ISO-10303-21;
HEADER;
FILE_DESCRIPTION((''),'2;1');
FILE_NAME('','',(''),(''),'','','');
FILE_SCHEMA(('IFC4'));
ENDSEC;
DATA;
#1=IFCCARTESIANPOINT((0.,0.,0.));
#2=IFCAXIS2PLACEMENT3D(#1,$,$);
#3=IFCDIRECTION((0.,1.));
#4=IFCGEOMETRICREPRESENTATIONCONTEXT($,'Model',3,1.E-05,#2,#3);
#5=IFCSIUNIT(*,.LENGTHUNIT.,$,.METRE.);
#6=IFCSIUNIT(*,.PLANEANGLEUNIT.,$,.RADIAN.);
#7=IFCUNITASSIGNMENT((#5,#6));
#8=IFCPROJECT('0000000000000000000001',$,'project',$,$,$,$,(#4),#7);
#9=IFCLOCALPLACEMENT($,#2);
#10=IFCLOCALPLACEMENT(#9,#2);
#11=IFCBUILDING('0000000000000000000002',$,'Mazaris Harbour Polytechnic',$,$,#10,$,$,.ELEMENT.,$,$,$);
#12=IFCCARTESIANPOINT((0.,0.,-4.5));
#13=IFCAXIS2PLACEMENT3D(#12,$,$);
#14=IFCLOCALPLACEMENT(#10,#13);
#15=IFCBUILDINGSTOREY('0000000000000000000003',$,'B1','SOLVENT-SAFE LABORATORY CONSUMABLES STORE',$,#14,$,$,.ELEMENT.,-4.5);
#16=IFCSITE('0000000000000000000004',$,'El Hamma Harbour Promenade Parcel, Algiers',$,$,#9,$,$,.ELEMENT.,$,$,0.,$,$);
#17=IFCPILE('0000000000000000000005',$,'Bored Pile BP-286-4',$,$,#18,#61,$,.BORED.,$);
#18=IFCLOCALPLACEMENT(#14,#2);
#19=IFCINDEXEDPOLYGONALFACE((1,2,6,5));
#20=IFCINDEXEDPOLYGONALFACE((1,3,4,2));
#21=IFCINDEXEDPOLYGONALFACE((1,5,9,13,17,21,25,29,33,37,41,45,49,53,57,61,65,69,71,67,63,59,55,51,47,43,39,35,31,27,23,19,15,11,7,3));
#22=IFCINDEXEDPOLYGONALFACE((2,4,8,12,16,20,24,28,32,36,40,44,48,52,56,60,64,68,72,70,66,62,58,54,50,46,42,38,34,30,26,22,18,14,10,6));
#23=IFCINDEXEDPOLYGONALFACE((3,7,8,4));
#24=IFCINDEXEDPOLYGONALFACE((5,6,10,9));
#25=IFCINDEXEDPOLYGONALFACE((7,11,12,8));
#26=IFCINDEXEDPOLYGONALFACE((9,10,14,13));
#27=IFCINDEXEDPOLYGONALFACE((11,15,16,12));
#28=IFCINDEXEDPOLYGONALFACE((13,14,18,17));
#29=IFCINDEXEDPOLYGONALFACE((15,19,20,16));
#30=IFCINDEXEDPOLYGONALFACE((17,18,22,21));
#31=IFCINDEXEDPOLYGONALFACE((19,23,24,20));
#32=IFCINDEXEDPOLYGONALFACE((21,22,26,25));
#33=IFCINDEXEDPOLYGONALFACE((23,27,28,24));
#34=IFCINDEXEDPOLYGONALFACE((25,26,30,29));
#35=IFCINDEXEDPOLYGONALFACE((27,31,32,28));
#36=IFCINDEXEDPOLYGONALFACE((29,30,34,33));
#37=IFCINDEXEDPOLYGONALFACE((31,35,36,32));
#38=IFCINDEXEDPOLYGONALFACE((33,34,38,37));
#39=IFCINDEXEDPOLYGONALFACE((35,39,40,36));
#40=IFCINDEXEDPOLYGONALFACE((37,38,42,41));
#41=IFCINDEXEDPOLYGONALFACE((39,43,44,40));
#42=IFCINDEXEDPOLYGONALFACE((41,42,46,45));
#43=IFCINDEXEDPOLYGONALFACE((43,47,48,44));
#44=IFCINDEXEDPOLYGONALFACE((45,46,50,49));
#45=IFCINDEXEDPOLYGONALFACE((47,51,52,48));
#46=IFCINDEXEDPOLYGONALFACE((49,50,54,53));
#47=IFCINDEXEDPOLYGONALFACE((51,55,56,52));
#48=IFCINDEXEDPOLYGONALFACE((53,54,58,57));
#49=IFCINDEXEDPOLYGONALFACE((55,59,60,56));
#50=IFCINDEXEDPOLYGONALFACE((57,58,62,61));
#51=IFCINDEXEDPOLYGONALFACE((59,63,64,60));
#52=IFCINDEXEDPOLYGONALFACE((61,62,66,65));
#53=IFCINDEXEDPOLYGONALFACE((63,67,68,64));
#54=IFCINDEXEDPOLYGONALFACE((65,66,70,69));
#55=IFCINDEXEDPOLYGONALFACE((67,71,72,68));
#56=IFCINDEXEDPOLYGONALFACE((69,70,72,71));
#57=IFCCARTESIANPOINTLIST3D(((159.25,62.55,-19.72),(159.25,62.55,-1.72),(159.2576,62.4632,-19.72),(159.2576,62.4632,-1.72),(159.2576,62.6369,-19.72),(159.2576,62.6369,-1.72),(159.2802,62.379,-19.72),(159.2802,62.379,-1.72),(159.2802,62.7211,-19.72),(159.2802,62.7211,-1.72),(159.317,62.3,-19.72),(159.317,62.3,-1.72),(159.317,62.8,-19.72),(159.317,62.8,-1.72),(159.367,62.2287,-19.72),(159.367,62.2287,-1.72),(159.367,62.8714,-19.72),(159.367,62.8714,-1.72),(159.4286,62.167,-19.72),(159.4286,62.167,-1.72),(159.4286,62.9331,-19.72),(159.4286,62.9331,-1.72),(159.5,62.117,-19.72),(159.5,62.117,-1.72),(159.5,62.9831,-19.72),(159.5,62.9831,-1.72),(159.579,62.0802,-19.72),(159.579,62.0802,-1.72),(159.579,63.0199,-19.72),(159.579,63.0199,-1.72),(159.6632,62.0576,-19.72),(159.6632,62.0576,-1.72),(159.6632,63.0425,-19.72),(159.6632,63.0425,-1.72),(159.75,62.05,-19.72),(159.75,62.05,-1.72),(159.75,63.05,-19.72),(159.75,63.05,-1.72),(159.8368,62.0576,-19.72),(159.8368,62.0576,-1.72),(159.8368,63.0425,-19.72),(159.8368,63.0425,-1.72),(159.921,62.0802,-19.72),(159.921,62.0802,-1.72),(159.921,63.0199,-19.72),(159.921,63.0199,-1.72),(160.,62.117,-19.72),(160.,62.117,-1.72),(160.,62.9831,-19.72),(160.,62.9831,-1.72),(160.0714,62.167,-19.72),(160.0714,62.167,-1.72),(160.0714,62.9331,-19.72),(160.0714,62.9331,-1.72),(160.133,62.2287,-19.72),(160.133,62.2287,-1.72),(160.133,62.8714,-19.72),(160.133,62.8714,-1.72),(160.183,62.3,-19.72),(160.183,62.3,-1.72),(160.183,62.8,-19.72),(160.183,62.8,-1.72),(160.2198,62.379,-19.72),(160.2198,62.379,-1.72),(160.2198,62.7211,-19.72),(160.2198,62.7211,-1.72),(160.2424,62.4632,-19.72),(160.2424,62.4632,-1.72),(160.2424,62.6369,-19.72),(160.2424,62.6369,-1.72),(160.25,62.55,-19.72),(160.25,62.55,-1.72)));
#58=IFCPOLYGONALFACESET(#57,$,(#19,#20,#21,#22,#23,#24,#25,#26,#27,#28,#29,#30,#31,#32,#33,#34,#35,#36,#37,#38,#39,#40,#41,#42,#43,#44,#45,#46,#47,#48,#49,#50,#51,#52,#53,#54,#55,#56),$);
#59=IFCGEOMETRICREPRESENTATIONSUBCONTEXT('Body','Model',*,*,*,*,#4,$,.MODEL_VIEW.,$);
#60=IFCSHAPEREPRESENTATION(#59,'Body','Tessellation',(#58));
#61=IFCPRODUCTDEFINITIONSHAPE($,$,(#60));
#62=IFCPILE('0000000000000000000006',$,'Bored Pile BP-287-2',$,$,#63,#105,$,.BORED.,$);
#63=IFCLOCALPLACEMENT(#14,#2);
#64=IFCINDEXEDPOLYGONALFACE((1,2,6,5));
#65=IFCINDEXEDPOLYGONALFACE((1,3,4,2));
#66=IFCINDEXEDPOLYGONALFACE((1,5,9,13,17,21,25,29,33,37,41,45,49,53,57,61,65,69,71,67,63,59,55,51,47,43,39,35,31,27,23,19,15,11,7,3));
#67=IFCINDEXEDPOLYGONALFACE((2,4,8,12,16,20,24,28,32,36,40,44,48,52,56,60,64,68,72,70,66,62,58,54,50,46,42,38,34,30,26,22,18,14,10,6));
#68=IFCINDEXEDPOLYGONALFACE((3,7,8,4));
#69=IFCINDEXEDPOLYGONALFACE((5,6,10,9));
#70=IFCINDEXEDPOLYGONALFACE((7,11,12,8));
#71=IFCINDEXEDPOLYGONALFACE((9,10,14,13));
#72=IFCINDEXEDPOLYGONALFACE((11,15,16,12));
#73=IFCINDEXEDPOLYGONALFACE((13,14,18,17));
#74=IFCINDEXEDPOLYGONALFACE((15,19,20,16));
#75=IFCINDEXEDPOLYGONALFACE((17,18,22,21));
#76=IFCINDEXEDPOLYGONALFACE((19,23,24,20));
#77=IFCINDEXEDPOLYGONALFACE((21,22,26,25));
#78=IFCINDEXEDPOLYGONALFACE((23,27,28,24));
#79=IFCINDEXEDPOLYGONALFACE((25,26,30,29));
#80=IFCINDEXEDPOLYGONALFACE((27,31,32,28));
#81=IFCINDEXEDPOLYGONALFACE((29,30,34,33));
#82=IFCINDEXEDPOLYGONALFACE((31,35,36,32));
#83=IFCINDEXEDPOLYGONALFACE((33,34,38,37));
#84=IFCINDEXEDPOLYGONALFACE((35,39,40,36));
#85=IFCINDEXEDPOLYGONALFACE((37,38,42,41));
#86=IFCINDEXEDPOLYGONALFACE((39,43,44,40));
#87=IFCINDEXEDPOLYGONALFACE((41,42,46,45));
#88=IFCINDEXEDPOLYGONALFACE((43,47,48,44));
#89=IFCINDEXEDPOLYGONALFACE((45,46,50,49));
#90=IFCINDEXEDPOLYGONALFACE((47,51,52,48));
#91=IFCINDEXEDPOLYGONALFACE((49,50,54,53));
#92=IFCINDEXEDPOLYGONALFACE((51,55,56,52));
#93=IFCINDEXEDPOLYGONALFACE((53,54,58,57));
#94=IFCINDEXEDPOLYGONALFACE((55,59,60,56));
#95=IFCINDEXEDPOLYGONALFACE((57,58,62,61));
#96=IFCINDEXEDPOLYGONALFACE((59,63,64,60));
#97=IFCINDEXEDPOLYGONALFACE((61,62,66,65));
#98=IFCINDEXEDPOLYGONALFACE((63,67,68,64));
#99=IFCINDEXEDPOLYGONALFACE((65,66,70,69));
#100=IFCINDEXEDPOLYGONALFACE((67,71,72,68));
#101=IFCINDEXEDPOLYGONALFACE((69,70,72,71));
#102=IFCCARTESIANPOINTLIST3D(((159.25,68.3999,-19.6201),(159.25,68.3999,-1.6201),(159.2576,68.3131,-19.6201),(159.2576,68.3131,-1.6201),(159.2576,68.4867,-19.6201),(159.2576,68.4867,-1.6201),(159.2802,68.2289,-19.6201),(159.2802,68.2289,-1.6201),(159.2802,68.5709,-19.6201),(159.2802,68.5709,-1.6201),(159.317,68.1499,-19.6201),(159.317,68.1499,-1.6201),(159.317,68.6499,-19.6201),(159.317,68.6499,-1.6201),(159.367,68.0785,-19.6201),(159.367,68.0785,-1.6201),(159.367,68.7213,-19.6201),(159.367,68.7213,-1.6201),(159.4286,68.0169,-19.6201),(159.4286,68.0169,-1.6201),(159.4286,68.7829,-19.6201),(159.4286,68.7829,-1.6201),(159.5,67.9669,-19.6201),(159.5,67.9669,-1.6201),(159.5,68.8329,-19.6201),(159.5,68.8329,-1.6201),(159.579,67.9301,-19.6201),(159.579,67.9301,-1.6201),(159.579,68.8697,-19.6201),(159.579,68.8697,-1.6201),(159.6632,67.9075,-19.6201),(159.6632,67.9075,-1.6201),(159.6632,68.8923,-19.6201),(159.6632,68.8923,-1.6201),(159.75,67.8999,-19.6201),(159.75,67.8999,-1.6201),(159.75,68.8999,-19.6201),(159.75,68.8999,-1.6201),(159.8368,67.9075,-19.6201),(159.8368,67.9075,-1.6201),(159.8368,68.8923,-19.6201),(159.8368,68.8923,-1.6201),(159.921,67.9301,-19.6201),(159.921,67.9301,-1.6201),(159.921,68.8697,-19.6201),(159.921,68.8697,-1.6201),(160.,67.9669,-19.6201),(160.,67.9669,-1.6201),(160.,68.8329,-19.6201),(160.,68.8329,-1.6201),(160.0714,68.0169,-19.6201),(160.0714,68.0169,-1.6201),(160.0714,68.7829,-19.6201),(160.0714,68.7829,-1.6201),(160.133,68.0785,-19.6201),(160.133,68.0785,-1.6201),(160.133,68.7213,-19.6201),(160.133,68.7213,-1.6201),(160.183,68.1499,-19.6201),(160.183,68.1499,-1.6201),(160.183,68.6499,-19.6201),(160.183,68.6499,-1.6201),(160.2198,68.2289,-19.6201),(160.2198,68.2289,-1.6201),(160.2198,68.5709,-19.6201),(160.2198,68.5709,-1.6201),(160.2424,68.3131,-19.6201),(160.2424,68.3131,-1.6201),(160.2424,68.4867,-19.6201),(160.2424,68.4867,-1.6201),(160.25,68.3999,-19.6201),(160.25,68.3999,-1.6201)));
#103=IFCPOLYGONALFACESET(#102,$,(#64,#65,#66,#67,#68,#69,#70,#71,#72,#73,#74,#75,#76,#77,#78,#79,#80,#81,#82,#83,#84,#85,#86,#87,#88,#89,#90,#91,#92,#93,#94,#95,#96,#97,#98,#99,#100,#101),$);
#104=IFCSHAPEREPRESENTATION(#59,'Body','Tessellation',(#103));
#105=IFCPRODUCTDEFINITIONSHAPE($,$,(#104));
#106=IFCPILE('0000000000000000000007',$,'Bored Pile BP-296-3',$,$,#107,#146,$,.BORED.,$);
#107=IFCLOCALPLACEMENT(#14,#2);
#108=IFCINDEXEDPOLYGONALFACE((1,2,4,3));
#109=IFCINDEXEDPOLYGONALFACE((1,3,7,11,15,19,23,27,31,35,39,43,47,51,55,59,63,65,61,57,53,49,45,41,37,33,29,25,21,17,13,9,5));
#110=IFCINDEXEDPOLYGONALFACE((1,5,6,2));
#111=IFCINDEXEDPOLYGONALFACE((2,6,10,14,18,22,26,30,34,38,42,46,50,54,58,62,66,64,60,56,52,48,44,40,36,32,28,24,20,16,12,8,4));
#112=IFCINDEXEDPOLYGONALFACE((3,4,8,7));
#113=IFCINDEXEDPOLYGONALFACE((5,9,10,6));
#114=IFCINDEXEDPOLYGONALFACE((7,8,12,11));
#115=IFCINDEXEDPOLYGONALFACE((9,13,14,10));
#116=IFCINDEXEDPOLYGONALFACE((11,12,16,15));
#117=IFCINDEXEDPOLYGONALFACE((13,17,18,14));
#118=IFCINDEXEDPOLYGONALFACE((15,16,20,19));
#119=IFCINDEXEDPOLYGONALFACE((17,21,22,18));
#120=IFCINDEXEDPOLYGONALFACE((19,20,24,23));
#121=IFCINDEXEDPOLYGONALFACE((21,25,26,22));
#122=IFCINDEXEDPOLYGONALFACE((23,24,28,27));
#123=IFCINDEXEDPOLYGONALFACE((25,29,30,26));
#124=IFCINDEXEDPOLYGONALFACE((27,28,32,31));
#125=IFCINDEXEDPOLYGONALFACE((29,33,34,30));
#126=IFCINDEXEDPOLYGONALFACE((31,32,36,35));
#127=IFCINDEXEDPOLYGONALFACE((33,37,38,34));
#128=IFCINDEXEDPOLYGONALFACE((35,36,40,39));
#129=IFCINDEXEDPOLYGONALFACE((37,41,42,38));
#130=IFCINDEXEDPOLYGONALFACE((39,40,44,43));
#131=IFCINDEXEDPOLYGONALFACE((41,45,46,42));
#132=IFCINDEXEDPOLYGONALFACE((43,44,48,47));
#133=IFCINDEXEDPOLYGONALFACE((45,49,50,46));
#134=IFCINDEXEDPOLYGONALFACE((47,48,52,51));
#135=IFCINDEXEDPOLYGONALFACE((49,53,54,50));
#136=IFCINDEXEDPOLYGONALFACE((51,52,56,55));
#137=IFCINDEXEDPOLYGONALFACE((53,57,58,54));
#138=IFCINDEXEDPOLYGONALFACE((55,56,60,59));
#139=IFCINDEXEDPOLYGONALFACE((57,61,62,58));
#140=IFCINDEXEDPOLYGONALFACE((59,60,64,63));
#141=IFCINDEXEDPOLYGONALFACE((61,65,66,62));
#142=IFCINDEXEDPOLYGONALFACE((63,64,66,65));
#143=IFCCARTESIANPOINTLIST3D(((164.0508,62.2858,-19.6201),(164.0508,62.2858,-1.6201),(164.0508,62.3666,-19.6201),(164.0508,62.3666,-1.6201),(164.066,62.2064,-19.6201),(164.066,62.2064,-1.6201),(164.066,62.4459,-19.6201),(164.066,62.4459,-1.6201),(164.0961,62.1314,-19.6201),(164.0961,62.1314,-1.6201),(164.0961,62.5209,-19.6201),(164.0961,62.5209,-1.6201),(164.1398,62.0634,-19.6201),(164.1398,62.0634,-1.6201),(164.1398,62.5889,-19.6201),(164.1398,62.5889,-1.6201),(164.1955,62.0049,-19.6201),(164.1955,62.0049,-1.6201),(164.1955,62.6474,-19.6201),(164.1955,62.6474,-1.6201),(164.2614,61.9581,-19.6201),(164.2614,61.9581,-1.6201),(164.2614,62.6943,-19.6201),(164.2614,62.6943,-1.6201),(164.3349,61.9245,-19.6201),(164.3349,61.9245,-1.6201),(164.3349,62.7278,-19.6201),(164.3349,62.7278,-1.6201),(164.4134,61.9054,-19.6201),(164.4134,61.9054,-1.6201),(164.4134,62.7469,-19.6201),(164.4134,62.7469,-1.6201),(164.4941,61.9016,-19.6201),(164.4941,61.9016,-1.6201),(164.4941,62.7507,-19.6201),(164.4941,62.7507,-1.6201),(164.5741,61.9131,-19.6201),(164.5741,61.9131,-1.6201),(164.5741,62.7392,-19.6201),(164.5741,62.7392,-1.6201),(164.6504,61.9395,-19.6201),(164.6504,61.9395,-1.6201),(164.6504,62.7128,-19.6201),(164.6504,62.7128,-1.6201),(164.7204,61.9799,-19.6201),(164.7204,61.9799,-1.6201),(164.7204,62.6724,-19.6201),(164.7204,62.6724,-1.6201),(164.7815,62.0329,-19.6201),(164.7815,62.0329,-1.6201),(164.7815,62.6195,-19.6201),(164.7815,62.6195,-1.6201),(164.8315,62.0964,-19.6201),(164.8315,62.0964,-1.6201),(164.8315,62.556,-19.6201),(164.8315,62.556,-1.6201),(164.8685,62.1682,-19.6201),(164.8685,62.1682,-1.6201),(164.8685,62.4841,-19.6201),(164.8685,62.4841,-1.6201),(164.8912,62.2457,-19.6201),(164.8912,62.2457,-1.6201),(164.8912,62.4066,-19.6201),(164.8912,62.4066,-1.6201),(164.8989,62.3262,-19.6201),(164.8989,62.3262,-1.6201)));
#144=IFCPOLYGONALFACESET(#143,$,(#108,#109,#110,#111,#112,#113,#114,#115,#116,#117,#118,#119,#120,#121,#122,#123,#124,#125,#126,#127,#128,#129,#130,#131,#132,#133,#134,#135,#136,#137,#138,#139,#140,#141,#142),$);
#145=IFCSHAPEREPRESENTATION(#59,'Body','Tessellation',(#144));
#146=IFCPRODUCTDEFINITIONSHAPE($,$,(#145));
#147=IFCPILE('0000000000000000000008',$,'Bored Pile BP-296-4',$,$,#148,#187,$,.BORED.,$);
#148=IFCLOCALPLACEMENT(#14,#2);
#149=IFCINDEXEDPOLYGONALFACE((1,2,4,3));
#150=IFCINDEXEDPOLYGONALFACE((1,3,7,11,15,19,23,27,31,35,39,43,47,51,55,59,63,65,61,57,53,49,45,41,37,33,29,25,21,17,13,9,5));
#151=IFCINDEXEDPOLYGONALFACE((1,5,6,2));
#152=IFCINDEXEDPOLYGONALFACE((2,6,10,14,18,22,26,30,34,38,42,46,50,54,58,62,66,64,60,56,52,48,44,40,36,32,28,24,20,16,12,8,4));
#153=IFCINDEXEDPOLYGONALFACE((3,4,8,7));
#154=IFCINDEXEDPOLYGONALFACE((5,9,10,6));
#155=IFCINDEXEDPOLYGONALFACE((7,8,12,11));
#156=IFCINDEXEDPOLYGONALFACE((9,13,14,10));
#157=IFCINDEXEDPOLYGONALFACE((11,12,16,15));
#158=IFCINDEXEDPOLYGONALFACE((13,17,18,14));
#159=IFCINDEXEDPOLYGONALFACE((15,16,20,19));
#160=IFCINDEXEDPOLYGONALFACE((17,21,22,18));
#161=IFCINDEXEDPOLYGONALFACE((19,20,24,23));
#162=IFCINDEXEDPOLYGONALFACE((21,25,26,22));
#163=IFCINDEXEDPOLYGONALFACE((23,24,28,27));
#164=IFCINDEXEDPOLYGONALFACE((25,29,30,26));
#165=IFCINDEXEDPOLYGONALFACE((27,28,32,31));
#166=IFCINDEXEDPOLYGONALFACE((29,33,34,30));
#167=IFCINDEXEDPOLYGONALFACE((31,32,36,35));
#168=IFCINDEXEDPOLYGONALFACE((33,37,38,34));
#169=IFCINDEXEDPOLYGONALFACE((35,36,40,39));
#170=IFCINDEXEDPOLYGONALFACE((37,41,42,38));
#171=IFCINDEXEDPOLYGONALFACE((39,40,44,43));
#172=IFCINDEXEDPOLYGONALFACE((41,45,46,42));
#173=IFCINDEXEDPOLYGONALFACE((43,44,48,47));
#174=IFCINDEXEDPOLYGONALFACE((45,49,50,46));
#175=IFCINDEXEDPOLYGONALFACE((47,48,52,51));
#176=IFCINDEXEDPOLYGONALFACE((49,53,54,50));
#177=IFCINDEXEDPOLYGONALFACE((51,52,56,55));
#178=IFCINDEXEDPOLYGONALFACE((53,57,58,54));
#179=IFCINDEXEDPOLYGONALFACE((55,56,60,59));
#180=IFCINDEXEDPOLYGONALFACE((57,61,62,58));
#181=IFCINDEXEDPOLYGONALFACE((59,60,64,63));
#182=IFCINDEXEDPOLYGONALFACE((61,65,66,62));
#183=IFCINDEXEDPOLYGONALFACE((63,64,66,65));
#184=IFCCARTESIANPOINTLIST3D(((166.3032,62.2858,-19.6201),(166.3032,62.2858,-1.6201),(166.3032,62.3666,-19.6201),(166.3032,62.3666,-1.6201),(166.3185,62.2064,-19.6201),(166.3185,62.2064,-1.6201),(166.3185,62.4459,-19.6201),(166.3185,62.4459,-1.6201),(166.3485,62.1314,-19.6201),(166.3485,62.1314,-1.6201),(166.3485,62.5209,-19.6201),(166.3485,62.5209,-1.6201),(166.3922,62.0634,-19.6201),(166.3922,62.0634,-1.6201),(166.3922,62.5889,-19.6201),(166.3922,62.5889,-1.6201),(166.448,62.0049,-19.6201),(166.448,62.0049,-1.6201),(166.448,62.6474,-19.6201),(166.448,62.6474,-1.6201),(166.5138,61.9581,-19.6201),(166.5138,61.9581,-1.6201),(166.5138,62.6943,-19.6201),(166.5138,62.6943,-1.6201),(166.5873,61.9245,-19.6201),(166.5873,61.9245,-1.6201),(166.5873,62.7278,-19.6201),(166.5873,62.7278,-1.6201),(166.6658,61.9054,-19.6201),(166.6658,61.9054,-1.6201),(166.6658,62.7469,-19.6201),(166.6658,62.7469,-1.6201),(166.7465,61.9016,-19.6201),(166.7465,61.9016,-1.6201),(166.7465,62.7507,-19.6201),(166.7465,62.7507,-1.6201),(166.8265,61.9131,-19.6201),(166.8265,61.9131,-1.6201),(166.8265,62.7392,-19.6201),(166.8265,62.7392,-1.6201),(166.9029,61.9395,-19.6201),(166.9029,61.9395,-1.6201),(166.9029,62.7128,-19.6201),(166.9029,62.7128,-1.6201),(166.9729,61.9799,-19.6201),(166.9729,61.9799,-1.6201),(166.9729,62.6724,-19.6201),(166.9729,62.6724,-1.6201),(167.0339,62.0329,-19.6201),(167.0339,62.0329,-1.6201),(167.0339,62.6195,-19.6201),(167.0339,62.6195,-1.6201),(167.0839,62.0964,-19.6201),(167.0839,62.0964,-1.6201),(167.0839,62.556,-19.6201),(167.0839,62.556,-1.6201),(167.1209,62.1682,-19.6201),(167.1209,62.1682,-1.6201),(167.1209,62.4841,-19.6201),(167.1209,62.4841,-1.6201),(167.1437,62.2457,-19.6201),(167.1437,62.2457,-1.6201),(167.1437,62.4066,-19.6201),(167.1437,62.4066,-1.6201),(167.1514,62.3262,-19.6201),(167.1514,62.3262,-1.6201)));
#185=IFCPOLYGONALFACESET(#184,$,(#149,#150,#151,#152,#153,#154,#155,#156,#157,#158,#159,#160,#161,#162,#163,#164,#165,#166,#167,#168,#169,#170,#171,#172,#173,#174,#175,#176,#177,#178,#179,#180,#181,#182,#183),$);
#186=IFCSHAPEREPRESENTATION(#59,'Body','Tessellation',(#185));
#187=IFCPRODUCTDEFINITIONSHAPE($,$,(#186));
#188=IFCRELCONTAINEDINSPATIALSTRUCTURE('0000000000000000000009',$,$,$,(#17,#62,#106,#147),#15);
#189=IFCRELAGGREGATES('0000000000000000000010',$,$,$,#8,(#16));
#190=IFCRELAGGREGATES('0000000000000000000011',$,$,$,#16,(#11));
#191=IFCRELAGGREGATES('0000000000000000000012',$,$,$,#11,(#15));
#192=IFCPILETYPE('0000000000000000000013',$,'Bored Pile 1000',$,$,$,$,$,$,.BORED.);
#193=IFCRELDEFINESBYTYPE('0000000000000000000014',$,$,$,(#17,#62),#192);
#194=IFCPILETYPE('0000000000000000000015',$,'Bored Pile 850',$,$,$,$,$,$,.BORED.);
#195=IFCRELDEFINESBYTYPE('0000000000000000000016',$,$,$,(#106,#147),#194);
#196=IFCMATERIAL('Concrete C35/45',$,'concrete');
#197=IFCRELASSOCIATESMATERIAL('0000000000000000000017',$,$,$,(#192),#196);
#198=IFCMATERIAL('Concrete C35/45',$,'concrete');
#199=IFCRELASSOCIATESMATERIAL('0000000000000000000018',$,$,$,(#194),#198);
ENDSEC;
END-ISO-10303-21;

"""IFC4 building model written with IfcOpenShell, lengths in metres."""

from ifc_helpers import new_model, si_unit, direction, frame, origin, origin_2d, place, context, subcontext, project, spatial, circle, extrude, material, material_profile, profile_set, type_object, element, save


model = new_model("IFC4")

# Units and contexts
model_context = context("Model", 3, precision=1e-05, world=origin(), true_north=direction((0.0, 1.0)))
body_context = subcontext(model_context, "Body", "Model", "MODEL_VIEW")
ifc_project = project(units=[si_unit("LENGTHUNIT", "METRE"), si_unit("PLANEANGLEUNIT", "RADIAN")], contexts=[model_context])

# Site, building, storey
site_placement = place(None, origin())
site = spatial("IfcSite", under=ifc_project, at=site_placement, Name="El Hamma Harbour Promenade Parcel, Algiers", CompositionType="ELEMENT", RefElevation=0.0)
building_placement = place(site_placement, origin())
building = spatial("IfcBuilding", under=site, at=building_placement, Name="Mazaris Harbour Polytechnic", CompositionType="ELEMENT")
storey_placement = place(building_placement, frame((0.0, 0.0, -4.5)))
storey = spatial("IfcBuildingStorey", under=building, at=storey_placement, Name="B1", Description="SOLVENT-SAFE LABORATORY CONSUMABLES STORE", CompositionType="ELEMENT", Elevation=-4.5)

# Piles
ifc_material_1 = material(Name="Concrete C35/45", Category="concrete")
ifc_material_profile_1 = material_profile(ifc_material_1, circle(Radius=0.5, at=origin_2d()), Name="DIA1000")
ifc_profile_set_1 = profile_set([ifc_material_profile_1], Name="Concrete C35/45")
pile_type_1 = type_object("IfcPileType", Name="Bored Pile 1000", PredefinedType="BORED", material=ifc_profile_set_1)
for number, where, z_axis, x_axis, name in (
    (1, (159.75, 62.55, -1.72), (0.0, 0.0, -1.0), (1.0, 0.0, 0.0), "Bored Pile BP-286-4"),
    (2, (159.75, 68.3999, -1.6201), (0.0, 0.0, -1.0), (1.0, 0.0, 0.0), "Bored Pile BP-287-2"),
):
    element("IfcPile", number, at=place(storey_placement, frame(where, z_axis=z_axis, x_axis=x_axis)), inside=storey, type_object=pile_type_1, Name=name, PredefinedType="BORED", context=body_context, shape_type="SweptSolid", body=[
        extrude(circle(Radius=0.5, at=origin_2d()), origin(), (0.0, 0.0, 1.0), 18.0),
    ])
ifc_material_2 = material(Name="Concrete C35/45", Category="concrete")
ifc_material_profile_2 = material_profile(ifc_material_2, circle(Radius=0.425, at=origin_2d()), Name="DIA850")
ifc_profile_set_2 = profile_set([ifc_material_profile_2], Name="Concrete C35/45")
pile_type_2 = type_object("IfcPileType", Name="Bored Pile 850", PredefinedType="BORED", material=ifc_profile_set_2)
for number, where, z_axis, x_axis, name in (
    (3, (164.4739, 62.3262, -1.6201), (0.0, 0.0, -1.0), (1.0, 0.0, 0.0), "Bored Pile BP-296-3"),
    (4, (166.7263, 62.3262, -1.6201), (0.0, 0.0, -1.0), (1.0, 0.0, 0.0), "Bored Pile BP-296-4"),
):
    element("IfcPile", number, at=place(storey_placement, frame(where, z_axis=z_axis, x_axis=x_axis)), inside=storey, type_object=pile_type_2, Name=name, PredefinedType="BORED", context=body_context, shape_type="SweptSolid", body=[
        extrude(circle(Radius=0.425, at=origin_2d()), origin(), (0.0, 0.0, 1.0), 18.0),
    ])

save(model, "model.ifc")
